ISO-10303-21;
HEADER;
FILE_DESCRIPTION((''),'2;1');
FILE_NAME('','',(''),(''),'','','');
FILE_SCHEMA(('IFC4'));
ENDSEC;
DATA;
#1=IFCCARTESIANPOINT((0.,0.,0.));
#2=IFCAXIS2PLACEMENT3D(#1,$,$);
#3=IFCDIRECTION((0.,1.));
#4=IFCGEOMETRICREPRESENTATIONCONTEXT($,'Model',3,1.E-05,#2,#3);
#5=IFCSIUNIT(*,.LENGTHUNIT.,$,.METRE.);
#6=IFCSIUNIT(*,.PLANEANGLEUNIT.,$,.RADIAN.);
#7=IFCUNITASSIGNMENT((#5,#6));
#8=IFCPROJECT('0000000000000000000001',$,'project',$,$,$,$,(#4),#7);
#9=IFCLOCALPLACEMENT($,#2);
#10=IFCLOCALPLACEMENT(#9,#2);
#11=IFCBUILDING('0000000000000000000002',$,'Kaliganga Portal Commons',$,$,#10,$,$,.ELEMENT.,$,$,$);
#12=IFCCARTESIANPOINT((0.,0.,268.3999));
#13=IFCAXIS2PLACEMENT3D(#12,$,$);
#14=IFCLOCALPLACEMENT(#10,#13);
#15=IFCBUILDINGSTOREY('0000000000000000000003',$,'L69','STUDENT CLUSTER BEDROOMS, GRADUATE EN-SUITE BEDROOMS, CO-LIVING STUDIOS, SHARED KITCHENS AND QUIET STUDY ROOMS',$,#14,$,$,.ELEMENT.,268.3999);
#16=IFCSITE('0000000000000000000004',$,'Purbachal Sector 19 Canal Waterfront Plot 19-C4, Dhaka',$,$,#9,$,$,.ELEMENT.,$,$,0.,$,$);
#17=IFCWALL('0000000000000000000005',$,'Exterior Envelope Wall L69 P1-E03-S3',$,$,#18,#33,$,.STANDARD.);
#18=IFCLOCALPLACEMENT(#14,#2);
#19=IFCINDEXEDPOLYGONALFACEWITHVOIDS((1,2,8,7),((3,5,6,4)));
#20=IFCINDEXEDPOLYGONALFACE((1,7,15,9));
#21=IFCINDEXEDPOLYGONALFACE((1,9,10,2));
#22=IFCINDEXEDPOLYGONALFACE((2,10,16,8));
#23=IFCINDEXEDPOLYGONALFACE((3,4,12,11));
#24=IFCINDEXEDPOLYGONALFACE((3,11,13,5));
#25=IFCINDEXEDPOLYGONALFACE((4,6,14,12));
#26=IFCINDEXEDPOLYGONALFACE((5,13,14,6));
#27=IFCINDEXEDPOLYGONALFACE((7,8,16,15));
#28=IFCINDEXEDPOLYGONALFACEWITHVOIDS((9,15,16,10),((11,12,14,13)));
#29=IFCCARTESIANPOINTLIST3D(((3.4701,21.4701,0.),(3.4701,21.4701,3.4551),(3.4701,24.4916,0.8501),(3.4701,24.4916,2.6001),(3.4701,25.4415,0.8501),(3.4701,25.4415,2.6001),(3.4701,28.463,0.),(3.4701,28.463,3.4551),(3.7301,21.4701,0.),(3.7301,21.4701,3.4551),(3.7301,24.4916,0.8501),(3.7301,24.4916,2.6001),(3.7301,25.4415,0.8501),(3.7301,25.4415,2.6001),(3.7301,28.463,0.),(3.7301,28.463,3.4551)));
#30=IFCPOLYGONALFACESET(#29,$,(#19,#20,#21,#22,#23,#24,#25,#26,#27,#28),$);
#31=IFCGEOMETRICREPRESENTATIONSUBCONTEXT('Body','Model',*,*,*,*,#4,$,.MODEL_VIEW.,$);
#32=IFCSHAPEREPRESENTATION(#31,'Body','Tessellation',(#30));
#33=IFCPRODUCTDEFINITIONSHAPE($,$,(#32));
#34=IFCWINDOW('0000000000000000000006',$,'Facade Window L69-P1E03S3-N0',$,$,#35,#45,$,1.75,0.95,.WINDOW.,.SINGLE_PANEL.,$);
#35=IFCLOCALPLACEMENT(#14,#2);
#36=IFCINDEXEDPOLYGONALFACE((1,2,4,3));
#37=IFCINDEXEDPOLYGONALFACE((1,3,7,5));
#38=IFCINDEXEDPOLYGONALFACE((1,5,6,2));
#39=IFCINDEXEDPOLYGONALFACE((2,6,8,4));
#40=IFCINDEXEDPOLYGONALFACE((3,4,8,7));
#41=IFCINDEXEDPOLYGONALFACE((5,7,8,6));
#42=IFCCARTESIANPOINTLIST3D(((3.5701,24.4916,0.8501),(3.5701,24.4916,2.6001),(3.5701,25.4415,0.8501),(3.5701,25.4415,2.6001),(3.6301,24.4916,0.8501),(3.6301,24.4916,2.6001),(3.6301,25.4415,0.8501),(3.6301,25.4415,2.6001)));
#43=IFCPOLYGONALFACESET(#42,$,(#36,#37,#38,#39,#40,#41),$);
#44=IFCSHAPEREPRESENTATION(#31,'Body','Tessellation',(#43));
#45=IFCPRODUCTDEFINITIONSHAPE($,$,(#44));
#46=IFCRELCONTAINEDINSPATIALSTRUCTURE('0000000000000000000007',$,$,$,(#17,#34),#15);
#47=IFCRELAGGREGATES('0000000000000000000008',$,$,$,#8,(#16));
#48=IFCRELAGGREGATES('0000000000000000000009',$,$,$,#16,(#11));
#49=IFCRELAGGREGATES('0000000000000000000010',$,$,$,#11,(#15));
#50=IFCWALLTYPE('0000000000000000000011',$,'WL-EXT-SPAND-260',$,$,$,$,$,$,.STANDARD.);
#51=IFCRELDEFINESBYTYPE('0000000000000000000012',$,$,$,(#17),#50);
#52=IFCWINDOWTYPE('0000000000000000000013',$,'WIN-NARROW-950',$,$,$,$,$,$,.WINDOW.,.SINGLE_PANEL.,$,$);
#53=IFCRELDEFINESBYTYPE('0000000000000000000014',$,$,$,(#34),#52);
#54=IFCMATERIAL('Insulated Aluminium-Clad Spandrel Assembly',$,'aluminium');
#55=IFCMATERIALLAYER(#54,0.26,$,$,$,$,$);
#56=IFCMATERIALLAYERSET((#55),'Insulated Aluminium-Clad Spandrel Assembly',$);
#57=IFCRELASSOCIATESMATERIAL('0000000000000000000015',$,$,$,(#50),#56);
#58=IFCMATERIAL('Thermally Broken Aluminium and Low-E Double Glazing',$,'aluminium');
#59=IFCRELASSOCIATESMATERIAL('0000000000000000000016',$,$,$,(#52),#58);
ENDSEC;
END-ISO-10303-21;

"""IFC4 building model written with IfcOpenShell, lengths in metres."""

from ifc_helpers import new_model, si_unit, direction, frame, frame_2d, origin, place, context, subcontext, project, spatial, rectangle, extrude, material, layer, layer_set, type_object, element, fill, save


model = new_model("IFC4")

# Units and contexts
model_context = context("Model", 3, precision=1e-05, world=origin(), true_north=direction((0.0, 1.0)))
body_context = subcontext(model_context, "Body", "Model", "MODEL_VIEW")
ifc_project = project(units=[si_unit("LENGTHUNIT", "METRE"), si_unit("PLANEANGLEUNIT", "RADIAN")], contexts=[model_context])

# Site, building, storey
site_placement = place(None, origin())
site = spatial("IfcSite", under=ifc_project, at=site_placement, Name="Purbachal Sector 19 Canal Waterfront Plot 19-C4, Dhaka", CompositionType="ELEMENT", RefElevation=0.0)
building_placement = place(site_placement, origin())
building = spatial("IfcBuilding", under=site, at=building_placement, Name="Kaliganga Portal Commons", CompositionType="ELEMENT")
storey_placement = place(building_placement, frame((0.0, 0.0, 268.3999)))
storey = spatial("IfcBuildingStorey", under=building, at=storey_placement, Name="L69", Description="STUDENT CLUSTER BEDROOMS, GRADUATE EN-SUITE BEDROOMS, CO-LIVING STUDIOS, SHARED KITCHENS AND QUIET STUDY ROOMS", CompositionType="ELEMENT", Elevation=268.3999)

# Shared definitions
ifc_material_1 = material(Name="Insulated Aluminium-Clad Spandrel Assembly", Category="aluminium")
ifc_layer_1 = layer(ifc_material_1, 0.26)
ifc_layer_set_1 = layer_set([ifc_layer_1], Name="Insulated Aluminium-Clad Spandrel Assembly")
wall_type = type_object("IfcWallType", Name="WL-EXT-SPAND-260", PredefinedType="STANDARD", material=ifc_layer_set_1)
ifc_material_2 = material(Name="Thermally Broken Aluminium and Low-E Double Glazing", Category="aluminium")

# Wall, opening, window
window_type_1 = type_object("IfcWindowType", Name="WIN-NARROW-950", PartitioningType="SINGLE_PANEL", PredefinedType="WINDOW", material=ifc_material_2)
wall_1_placement = place(storey_placement, frame((3.6001, 21.47, 0.0), z_axis=(0.0, 0.0, 1.0), x_axis=(0.0, 1.0, 0.0)))
wall_1 = element("IfcWall", 1, at=wall_1_placement, inside=storey, type_object=wall_type, Name="Exterior Envelope Wall L69 P1-E03-S3", PredefinedType="STANDARD", context=body_context, shape_type="SweptSolid", body=[
    extrude(rectangle(XDim=6.9929, YDim=0.26, at=frame_2d((3.4966, 0.0))), origin(), (0.0, 0.0, 1.0), 3.4551),
])
opening_1_placement = place(wall_1_placement, frame((3.0215, 0.0, 0.8501)))
opening_1 = element("IfcOpeningElement", 2, at=opening_1_placement, cuts=wall_1, PredefinedType="OPENING", context=body_context, shape_type="SweptSolid", body=[
    extrude(rectangle(XDim=0.95, YDim=1.75, at=frame_2d((0.4751, 0.875))), frame((0.0, 0.1401, 0.0), z_axis=(0.0, -1.0, 0.0), x_axis=(1.0, 0.0, 0.0)), (0.0, 0.0, 1.0), 0.28),
])
window_1_placement = place(opening_1_placement, origin())
window_1 = element("IfcWindow", 3, at=window_1_placement, inside=storey, type_object=window_type_1, Name="Facade Window L69-P1E03S3-N0", OverallHeight=1.75, OverallWidth=0.95, PartitioningType="SINGLE_PANEL", PredefinedType="WINDOW", context=body_context, shape_type="SweptSolid", body=[
    extrude(rectangle(XDim=0.95, YDim=1.75, at=frame_2d((0.4751, 0.875))), frame((0.0, 0.03, 0.0), z_axis=(0.0, -1.0, 0.0), x_axis=(1.0, 0.0, 0.0)), (0.0, 0.0, 1.0), 0.0601),
])
fill(opening_1, window_1)

save(model, "model.ifc")
